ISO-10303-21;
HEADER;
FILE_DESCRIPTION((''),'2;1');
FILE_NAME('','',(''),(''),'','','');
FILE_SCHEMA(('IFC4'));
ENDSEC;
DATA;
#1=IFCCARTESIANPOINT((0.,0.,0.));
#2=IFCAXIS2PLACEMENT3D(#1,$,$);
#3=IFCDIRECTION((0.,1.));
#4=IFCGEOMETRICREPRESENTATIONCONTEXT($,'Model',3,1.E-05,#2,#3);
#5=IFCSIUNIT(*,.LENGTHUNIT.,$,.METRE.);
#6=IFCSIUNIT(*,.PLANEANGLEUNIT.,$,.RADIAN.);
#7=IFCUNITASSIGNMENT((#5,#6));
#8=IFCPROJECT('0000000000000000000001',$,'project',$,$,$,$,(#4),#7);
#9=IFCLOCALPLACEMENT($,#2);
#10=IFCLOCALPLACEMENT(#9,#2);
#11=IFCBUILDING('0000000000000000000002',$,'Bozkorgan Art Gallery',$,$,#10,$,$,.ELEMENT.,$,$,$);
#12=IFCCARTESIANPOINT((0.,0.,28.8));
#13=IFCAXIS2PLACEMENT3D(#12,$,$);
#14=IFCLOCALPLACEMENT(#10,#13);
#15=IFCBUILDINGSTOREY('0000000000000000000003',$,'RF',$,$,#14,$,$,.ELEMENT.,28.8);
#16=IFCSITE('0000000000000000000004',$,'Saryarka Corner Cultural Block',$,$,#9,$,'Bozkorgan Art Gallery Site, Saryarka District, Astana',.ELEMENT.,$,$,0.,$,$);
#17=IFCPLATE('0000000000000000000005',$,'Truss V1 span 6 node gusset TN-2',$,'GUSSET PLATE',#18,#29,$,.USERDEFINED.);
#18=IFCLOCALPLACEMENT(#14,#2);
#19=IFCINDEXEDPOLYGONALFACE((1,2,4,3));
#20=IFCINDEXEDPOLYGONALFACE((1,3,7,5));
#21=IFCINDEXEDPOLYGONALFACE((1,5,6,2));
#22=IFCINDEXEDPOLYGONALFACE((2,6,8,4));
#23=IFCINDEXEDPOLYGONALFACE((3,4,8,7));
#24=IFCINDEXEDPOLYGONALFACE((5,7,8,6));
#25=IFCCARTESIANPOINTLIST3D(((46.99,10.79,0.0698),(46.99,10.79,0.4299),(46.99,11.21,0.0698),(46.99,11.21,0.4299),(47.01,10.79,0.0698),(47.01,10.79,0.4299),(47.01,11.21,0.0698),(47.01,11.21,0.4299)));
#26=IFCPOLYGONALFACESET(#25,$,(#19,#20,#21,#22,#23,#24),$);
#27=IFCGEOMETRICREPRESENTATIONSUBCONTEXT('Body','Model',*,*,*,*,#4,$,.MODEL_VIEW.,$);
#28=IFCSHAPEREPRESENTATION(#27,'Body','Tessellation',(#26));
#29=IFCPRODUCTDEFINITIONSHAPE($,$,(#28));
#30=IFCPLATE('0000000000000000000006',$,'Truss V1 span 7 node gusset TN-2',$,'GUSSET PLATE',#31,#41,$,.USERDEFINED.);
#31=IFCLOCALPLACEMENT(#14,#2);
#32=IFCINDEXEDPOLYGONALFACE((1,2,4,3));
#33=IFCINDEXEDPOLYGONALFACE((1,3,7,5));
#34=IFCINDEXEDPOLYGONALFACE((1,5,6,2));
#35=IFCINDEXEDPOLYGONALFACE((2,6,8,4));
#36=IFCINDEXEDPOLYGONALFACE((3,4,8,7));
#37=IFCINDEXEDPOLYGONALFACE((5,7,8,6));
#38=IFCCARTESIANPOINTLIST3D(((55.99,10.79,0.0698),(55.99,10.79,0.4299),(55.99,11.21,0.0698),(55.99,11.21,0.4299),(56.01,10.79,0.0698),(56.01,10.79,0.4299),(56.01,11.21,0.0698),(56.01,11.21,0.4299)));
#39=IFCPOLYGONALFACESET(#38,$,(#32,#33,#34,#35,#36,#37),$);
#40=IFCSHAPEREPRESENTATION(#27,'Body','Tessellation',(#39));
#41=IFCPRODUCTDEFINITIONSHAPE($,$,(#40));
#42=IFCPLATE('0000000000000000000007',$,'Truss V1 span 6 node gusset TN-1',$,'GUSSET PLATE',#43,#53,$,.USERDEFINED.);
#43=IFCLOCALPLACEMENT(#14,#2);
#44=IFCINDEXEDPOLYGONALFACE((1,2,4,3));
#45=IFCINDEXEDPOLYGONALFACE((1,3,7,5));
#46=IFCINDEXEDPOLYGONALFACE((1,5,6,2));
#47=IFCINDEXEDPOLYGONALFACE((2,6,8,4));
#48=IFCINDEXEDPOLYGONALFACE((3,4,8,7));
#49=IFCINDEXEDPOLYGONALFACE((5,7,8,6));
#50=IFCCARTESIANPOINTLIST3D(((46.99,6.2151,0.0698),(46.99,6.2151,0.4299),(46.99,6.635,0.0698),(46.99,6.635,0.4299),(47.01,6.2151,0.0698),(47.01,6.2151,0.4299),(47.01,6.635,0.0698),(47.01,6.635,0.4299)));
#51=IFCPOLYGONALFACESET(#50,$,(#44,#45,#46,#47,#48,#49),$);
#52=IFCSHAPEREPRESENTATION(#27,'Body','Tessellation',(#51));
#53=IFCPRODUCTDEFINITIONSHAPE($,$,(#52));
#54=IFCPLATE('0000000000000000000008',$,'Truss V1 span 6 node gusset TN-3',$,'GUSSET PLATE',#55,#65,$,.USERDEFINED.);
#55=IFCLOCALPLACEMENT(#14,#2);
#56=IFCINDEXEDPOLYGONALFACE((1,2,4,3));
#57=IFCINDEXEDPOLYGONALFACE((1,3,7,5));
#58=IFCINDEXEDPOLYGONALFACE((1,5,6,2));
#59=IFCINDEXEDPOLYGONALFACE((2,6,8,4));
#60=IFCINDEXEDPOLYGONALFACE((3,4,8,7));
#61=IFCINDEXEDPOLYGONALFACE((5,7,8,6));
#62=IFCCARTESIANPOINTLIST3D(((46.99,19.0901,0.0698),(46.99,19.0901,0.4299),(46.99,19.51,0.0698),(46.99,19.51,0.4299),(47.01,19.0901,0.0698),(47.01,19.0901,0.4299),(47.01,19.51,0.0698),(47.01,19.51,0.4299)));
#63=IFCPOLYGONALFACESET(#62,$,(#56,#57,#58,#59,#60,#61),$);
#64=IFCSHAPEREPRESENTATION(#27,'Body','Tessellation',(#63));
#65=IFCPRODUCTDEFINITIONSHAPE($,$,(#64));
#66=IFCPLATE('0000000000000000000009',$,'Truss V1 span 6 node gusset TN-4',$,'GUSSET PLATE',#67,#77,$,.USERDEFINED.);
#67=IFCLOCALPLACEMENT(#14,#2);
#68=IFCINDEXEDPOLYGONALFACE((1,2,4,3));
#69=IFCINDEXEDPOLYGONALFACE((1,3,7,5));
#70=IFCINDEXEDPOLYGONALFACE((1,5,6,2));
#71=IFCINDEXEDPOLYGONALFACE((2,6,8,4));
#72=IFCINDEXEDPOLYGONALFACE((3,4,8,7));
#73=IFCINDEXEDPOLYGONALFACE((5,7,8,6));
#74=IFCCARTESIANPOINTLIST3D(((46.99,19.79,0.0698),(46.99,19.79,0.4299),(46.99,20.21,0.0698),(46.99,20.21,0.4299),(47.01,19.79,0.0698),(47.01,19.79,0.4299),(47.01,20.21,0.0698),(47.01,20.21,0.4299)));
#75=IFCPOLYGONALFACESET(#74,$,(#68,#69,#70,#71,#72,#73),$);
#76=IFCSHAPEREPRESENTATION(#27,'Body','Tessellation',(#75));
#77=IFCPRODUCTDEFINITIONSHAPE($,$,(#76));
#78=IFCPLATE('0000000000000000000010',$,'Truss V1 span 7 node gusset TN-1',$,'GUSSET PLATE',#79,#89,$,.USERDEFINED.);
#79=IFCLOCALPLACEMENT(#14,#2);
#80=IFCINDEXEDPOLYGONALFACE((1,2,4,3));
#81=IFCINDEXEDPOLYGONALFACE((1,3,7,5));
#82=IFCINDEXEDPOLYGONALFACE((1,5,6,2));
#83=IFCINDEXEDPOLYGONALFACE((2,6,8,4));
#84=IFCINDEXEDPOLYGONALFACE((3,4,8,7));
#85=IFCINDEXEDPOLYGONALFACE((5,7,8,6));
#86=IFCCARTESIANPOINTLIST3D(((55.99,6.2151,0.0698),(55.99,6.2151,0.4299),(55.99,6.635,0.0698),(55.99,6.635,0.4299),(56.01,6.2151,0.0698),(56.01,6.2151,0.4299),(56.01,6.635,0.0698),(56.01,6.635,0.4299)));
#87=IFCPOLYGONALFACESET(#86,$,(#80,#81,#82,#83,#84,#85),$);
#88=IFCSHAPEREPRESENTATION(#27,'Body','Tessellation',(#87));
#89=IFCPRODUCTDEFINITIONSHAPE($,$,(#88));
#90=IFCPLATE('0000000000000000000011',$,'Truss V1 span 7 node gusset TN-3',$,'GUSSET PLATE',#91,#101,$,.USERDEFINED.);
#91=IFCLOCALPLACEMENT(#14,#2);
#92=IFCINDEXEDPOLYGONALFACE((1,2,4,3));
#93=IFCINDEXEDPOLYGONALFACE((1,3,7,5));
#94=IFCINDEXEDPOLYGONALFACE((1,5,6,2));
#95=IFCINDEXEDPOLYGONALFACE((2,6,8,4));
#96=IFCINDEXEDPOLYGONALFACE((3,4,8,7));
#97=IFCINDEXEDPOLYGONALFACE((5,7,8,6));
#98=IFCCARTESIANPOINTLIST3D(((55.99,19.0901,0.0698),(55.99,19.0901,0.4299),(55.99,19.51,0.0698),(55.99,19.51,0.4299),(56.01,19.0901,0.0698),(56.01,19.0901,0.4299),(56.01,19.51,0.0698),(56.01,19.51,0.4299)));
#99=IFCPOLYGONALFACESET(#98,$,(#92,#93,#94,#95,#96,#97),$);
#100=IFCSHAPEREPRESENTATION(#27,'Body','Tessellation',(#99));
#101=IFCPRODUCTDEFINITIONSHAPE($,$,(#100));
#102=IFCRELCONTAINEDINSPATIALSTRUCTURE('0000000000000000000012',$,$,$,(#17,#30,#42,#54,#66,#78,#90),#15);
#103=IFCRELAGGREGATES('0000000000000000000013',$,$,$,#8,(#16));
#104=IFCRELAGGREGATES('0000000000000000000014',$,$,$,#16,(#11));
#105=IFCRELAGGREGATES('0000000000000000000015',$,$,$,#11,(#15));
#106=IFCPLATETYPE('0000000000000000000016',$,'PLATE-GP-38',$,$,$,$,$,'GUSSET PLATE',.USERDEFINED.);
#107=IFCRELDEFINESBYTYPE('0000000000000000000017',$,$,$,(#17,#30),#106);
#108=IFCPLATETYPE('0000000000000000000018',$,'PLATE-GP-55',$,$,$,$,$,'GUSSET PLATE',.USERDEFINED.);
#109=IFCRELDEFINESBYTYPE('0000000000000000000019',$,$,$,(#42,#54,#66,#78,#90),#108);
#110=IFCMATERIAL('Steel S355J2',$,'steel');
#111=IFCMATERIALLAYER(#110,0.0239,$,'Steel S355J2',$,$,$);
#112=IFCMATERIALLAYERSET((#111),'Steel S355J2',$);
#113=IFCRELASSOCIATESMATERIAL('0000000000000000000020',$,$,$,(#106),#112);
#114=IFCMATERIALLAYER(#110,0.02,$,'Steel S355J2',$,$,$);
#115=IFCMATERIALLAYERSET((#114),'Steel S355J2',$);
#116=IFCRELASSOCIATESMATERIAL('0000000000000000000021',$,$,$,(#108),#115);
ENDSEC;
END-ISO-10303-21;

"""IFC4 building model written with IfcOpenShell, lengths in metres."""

from ifc_helpers import new_model, si_unit, direction, frame, origin, origin_2d, place, context, subcontext, project, spatial, rectangle, extrude, material, layer, layer_set, type_object, element, save


model = new_model("IFC4")

# Units and contexts
model_context = context("Model", 3, precision=1e-05, world=origin(), true_north=direction((0.0, 1.0)))
body_context = subcontext(model_context, "Body", "Model", "MODEL_VIEW")
ifc_project = project(units=[si_unit("LENGTHUNIT", "METRE"), si_unit("PLANEANGLEUNIT", "RADIAN")], contexts=[model_context])

# Site, building, storey
site_placement = place(None, origin())
site = spatial("IfcSite", under=ifc_project, at=site_placement, Name="Saryarka Corner Cultural Block", LongName="Bozkorgan Art Gallery Site, Saryarka District, Astana", CompositionType="ELEMENT", RefElevation=0.0)
building_placement = place(site_placement, origin())
building = spatial("IfcBuilding", under=site, at=building_placement, Name="Bozkorgan Art Gallery", CompositionType="ELEMENT")
storey_placement = place(building_placement, frame((0.0, 0.0, 28.8)))
storey = spatial("IfcBuildingStorey", under=building, at=storey_placement, Name="RF", CompositionType="ELEMENT", Elevation=28.8)

# Shared definitions
ifc_material_1 = material(Name="Steel S355J2", Category="steel")

# Plates
ifc_layer_1 = layer(ifc_material_1, 0.0239, Name="Steel S355J2")
ifc_layer_set_1 = layer_set([ifc_layer_1], Name="Steel S355J2")
plate_type_1 = type_object("IfcPlateType", Name="PLATE-GP-38", ElementType="GUSSET PLATE", PredefinedType="USERDEFINED", material=ifc_layer_set_1)
for number, where, z_axis, x_axis, name in (
    (1, (47.0, 11.0, 0.0698), (0.0, 0.0, 1.0), (1.0, 0.0, 0.0), "Truss V1 span 6 node gusset TN-2"),
    (2, (56.0, 11.0, 0.0698), (0.0, 0.0, 1.0), (1.0, 0.0, 0.0), "Truss V1 span 7 node gusset TN-2"),
):
    element("IfcPlate", number, at=place(storey_placement, frame(where, z_axis=z_axis, x_axis=x_axis)), inside=storey, type_object=plate_type_1, Name=name, ObjectType="GUSSET PLATE", PredefinedType="USERDEFINED", context=body_context, shape_type="SweptSolid", body=[
        extrude(rectangle(XDim=0.02, YDim=0.4199, at=origin_2d()), origin(), (0.0, 0.0, 1.0), 0.3601),
    ])
ifc_layer_2 = layer(ifc_material_1, 0.02, Name="Steel S355J2")
ifc_layer_set_2 = layer_set([ifc_layer_2], Name="Steel S355J2")
plate_type_2 = type_object("IfcPlateType", Name="PLATE-GP-55", ElementType="GUSSET PLATE", PredefinedType="USERDEFINED", material=ifc_layer_set_2)
for number, where, z_axis, x_axis, name in (
    (3, (47.0, 6.425, 0.0698), (0.0, 0.0, 1.0), (1.0, 0.0, 0.0), "Truss V1 span 6 node gusset TN-1"),
    (4, (47.0, 19.3, 0.0698), (0.0, 0.0, 1.0), (1.0, 0.0, 0.0), "Truss V1 span 6 node gusset TN-3"),
    (5, (47.0, 20.0, 0.0698), (0.0, 0.0, 1.0), (1.0, 0.0, 0.0), "Truss V1 span 6 node gusset TN-4"),
    (6, (56.0, 6.425, 0.0698), (0.0, 0.0, 1.0), (1.0, 0.0, 0.0), "Truss V1 span 7 node gusset TN-1"),
    (7, (56.0, 19.3, 0.0698), (0.0, 0.0, 1.0), (1.0, 0.0, 0.0), "Truss V1 span 7 node gusset TN-3"),
):
    element("IfcPlate", number, at=place(storey_placement, frame(where, z_axis=z_axis, x_axis=x_axis)), inside=storey, type_object=plate_type_2, Name=name, ObjectType="GUSSET PLATE", PredefinedType="USERDEFINED", context=body_context, shape_type="SweptSolid", body=[
        extrude(rectangle(XDim=0.02, YDim=0.4199, at=origin_2d()), origin(), (0.0, 0.0, 1.0), 0.3601),
    ])

save(model, "model.ifc")
